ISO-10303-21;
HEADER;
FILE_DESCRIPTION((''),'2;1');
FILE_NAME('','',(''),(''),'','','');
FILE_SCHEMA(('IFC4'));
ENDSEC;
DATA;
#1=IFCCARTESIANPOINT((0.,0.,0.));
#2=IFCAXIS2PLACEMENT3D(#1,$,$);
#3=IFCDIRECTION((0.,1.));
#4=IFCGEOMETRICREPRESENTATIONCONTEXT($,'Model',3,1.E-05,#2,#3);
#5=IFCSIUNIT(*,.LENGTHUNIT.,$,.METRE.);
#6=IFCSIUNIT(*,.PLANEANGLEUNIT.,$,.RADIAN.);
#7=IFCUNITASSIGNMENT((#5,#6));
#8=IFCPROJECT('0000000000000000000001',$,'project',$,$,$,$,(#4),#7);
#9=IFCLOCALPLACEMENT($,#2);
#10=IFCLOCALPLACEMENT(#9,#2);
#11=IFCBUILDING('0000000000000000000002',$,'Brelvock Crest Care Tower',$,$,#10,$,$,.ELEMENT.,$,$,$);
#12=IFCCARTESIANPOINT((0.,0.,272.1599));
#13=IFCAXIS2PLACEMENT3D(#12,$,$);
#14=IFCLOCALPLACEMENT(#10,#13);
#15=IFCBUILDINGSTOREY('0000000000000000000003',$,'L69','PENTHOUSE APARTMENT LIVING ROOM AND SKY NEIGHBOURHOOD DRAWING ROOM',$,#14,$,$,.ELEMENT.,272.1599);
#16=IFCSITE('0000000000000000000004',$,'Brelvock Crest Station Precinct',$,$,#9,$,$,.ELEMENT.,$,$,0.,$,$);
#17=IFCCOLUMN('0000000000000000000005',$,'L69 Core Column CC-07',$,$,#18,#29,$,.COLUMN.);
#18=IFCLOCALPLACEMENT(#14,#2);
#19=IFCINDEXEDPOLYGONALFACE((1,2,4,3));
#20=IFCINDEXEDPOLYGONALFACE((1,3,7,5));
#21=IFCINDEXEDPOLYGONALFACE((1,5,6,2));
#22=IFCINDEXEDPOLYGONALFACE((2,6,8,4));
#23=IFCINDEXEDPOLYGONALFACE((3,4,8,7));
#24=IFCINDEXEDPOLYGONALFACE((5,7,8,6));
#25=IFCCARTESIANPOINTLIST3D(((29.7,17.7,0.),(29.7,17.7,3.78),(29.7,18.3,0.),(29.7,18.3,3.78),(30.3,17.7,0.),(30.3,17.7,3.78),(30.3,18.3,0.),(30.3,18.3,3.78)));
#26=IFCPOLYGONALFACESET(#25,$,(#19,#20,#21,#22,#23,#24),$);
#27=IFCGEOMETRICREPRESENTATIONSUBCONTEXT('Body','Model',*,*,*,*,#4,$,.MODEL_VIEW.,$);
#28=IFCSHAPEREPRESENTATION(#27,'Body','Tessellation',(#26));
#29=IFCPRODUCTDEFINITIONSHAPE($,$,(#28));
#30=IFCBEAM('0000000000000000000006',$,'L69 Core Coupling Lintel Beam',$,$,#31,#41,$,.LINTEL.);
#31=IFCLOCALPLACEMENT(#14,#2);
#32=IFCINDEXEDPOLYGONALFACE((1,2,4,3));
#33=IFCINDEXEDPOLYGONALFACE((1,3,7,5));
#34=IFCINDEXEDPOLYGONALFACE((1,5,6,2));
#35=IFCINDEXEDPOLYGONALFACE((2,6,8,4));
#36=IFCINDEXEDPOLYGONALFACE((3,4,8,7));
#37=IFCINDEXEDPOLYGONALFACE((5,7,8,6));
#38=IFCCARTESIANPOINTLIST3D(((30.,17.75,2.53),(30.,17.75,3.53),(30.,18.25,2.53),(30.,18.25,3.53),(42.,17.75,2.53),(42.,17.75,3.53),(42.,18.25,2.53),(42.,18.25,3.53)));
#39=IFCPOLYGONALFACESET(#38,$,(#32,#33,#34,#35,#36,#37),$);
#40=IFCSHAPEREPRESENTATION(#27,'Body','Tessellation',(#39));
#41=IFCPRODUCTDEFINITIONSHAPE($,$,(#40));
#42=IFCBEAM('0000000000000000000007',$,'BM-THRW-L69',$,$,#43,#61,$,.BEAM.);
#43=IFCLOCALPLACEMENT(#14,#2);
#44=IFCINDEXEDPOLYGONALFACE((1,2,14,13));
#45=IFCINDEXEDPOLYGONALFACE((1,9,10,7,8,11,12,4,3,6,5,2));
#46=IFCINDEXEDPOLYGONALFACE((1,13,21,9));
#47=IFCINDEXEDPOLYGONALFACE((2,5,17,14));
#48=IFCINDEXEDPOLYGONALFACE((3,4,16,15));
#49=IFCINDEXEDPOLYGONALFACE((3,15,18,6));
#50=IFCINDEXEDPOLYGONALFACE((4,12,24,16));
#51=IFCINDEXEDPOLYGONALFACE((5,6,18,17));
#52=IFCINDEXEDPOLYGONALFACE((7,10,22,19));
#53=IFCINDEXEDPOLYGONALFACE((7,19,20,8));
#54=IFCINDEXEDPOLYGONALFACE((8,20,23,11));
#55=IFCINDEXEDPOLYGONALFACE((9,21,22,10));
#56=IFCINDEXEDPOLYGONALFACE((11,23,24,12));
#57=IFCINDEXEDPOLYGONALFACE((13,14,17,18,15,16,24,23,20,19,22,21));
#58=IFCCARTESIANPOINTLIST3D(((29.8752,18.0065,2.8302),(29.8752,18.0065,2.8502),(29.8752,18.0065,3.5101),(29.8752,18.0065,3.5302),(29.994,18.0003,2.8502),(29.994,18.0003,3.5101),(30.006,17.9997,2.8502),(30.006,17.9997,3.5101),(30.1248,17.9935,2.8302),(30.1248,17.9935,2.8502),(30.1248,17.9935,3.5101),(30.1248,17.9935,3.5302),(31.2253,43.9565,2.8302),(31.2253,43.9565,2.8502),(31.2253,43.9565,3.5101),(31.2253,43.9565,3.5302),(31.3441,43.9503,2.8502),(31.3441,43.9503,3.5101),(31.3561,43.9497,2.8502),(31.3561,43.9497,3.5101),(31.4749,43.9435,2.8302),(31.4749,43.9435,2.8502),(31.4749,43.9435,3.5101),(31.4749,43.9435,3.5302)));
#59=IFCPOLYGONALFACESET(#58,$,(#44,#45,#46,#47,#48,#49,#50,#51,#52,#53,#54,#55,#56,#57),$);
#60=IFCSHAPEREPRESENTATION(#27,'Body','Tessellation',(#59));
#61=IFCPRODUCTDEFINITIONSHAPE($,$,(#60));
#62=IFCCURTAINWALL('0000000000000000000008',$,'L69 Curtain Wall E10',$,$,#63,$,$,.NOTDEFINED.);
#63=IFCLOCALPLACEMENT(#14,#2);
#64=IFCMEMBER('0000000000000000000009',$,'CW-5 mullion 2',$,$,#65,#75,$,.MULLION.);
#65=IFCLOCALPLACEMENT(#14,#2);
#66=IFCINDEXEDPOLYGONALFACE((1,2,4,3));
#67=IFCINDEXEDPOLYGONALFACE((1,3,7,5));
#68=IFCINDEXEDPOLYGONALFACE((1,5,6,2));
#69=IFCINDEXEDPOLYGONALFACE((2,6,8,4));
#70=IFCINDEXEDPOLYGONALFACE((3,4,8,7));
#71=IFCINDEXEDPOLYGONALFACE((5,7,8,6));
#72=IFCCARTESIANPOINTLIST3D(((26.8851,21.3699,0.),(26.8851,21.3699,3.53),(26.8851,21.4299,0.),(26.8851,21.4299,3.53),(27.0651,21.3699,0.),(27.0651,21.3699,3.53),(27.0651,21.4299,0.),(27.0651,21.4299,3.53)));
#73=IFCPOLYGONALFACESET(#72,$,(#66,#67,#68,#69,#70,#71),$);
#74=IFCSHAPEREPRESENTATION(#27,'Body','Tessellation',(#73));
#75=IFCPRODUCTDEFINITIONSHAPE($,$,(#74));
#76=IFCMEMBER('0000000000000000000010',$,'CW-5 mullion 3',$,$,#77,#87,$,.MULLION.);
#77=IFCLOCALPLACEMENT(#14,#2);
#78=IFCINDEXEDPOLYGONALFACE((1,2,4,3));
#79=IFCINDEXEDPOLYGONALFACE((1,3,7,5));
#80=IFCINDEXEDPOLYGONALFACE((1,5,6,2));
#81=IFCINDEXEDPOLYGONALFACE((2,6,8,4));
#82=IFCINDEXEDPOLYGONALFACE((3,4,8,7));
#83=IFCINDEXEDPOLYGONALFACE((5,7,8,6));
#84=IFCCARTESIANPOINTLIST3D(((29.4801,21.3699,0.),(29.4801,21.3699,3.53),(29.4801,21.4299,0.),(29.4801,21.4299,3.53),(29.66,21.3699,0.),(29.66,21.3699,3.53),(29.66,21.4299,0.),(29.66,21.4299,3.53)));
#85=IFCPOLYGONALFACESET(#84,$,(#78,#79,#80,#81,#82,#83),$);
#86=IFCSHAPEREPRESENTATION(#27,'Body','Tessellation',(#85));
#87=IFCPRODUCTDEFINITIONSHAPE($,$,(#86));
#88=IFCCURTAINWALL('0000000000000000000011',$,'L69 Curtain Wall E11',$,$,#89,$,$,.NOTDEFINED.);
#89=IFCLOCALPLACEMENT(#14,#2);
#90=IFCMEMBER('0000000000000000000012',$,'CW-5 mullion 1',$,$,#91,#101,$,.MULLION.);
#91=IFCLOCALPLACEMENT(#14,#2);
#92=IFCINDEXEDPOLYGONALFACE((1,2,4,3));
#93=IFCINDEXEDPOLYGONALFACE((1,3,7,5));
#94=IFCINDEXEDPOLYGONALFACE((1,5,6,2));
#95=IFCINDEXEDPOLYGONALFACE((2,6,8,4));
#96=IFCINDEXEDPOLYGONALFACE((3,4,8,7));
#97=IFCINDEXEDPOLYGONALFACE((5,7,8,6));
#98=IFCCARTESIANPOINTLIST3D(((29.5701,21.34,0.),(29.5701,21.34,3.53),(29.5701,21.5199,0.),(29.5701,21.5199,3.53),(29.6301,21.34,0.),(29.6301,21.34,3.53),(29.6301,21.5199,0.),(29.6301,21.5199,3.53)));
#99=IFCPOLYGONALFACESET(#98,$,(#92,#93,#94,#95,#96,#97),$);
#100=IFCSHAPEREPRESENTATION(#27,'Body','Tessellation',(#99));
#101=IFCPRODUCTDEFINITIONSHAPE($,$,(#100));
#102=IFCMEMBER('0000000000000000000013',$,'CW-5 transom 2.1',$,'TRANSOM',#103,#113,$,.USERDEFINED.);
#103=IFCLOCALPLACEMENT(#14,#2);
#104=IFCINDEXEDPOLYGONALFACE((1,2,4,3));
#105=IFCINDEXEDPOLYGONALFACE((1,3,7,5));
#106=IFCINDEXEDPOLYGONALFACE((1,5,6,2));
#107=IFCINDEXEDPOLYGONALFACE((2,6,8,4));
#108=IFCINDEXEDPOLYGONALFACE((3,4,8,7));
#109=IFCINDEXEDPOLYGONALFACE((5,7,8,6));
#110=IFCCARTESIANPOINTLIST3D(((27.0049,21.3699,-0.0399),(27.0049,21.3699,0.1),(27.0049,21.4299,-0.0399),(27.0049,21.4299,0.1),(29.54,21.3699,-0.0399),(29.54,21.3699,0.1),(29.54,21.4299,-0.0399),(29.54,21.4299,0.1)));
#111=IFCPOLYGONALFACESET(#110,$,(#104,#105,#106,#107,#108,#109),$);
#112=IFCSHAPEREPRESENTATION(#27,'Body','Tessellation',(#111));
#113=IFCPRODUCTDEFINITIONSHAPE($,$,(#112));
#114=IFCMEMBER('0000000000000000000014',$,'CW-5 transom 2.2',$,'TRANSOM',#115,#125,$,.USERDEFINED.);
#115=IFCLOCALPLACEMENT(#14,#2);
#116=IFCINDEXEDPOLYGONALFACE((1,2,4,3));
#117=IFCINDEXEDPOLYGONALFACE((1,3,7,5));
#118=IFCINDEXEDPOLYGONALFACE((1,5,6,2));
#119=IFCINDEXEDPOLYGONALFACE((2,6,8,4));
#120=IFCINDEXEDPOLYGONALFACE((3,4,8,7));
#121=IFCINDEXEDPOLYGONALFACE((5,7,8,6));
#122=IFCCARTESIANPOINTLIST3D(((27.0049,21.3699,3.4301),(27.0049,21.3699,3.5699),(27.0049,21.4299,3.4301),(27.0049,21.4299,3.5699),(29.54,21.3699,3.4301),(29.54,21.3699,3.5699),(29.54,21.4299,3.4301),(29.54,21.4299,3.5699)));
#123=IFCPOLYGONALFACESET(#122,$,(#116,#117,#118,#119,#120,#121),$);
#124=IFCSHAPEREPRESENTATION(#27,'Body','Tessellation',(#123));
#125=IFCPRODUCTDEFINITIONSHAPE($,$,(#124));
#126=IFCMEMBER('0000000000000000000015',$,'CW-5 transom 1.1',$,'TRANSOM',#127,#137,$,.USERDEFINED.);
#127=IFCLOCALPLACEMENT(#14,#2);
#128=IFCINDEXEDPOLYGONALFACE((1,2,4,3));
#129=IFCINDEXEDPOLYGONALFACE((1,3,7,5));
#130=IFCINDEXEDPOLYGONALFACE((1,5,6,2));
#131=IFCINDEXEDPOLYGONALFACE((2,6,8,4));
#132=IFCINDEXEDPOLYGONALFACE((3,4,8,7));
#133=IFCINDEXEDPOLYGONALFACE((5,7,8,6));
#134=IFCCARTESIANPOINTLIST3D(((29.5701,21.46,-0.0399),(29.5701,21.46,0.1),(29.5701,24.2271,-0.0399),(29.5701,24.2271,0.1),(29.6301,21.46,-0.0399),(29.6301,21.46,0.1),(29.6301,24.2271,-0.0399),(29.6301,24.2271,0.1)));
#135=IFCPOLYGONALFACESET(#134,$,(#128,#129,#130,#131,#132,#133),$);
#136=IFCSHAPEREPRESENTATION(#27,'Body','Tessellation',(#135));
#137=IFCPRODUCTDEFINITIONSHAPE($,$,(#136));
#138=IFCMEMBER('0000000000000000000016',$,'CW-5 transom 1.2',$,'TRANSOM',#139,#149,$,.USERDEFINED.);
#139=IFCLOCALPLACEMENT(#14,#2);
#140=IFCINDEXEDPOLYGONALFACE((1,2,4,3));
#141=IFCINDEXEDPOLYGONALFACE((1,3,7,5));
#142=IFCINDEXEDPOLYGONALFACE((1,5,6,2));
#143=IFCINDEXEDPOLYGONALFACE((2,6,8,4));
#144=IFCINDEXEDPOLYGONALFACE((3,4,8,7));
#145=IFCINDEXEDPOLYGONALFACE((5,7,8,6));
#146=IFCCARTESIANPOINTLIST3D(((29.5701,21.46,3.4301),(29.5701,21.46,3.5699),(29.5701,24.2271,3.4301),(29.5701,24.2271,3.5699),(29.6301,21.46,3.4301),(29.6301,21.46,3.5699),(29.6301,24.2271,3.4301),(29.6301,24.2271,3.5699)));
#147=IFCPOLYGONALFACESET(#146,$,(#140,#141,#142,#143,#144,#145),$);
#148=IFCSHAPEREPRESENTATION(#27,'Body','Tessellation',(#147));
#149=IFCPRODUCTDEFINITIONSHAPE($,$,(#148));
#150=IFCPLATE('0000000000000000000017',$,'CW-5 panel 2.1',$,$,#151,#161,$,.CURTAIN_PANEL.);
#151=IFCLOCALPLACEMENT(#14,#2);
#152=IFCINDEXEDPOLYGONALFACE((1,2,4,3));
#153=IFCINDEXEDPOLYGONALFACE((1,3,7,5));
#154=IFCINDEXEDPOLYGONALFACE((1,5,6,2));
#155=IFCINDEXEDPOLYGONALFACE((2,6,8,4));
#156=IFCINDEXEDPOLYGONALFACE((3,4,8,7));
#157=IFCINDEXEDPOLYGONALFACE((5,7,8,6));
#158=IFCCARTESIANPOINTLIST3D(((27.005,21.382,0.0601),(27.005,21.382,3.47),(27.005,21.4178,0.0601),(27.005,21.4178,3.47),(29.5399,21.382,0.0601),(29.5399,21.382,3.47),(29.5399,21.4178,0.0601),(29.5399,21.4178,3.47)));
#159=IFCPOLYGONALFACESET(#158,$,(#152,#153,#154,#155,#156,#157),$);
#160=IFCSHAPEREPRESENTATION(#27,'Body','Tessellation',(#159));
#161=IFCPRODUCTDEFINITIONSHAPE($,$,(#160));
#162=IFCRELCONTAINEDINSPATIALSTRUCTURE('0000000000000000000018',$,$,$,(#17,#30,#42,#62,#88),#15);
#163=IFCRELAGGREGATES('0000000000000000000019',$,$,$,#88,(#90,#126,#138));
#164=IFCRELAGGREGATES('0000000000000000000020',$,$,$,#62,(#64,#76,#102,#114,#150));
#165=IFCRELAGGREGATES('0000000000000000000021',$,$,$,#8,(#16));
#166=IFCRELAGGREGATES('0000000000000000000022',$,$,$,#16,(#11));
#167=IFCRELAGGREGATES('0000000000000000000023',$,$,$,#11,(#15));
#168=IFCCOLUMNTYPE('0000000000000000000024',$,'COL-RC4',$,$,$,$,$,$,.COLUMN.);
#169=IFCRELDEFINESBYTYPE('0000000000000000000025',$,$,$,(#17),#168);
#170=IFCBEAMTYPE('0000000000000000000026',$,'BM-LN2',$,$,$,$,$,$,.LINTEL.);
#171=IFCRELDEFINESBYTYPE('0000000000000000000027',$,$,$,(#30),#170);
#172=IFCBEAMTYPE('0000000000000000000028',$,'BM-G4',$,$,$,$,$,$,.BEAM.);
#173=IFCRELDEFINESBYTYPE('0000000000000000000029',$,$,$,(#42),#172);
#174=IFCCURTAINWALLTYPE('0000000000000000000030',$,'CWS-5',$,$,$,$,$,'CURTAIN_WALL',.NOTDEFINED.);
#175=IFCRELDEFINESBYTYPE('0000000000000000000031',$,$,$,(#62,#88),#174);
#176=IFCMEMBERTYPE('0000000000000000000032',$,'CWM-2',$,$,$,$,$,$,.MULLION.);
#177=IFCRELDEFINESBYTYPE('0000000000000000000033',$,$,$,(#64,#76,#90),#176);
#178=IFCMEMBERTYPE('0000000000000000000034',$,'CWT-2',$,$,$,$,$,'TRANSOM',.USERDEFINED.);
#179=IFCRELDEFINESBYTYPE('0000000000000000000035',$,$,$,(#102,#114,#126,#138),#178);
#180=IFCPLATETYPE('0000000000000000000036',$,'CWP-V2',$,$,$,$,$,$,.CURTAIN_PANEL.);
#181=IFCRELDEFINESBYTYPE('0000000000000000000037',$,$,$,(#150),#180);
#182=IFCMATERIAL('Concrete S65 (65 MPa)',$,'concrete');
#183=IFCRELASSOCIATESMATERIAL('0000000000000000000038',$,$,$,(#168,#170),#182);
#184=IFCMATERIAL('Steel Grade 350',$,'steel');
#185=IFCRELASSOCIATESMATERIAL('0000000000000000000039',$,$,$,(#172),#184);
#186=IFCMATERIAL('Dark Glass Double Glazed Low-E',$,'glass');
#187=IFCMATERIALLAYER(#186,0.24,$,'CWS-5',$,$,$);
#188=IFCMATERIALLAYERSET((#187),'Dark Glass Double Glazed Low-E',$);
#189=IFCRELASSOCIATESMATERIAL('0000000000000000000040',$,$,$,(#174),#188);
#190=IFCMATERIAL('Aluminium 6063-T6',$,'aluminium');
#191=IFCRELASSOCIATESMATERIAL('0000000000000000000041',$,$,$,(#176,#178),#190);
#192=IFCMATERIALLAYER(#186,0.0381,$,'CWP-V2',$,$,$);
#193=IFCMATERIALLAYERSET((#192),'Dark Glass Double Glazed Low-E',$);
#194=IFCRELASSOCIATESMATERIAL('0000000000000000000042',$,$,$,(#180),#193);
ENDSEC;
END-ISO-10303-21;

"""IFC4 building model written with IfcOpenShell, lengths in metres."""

from ifc_helpers import new_model, si_unit, direction, frame, origin, origin_2d, place, context, subcontext, project, spatial, rectangle, i_section, extrude, source, transform, mapped, material, layer, layer_set, material_profile, profile_set, type_object, element, aggregate, save


model = new_model("IFC4")

# Units and contexts
model_context = context("Model", 3, precision=1e-05, world=origin(), true_north=direction((0.0, 1.0)))
body_context = subcontext(model_context, "Body", "Model", "MODEL_VIEW")
ifc_project = project(units=[si_unit("LENGTHUNIT", "METRE"), si_unit("PLANEANGLEUNIT", "RADIAN")], contexts=[model_context])

# Site, building, storey
site_placement = place(None, origin())
site = spatial("IfcSite", under=ifc_project, at=site_placement, Name="Brelvock Crest Station Precinct", CompositionType="ELEMENT", RefElevation=0.0)
building_placement = place(site_placement, origin())
building = spatial("IfcBuilding", under=site, at=building_placement, Name="Brelvock Crest Care Tower", CompositionType="ELEMENT")
storey_placement = place(building_placement, frame((0.0, 0.0, 272.1599)))
storey = spatial("IfcBuildingStorey", under=building, at=storey_placement, Name="L69", Description="PENTHOUSE APARTMENT LIVING ROOM AND SKY NEIGHBOURHOOD DRAWING ROOM", CompositionType="ELEMENT", Elevation=272.1599)

# Column
ifc_material_1 = material(Name="Concrete S65 (65 MPa)", Category="concrete")
ifc_material_profile_1 = material_profile(ifc_material_1, rectangle(XDim=0.6001, YDim=0.6001, at=origin_2d()), Name="RC600x600")
ifc_profile_set_1 = profile_set([ifc_material_profile_1], Name="Concrete S65 (65 MPa)")
column_type = type_object("IfcColumnType", Name="COL-RC4", PredefinedType="COLUMN", material=ifc_profile_set_1)
shared_shape_1 = source(origin(), body_context, "Body", "SweptSolid", [
    extrude(rectangle(XDim=0.6001, YDim=0.6001, at=origin_2d()), origin(), (0.0, 0.0, 1.0), 3.78),
])
column_placement = place(storey_placement, frame((30.0, 18.0, 0.0), z_axis=(0.0, 0.0, 1.0), x_axis=(1.0, 0.0, 0.0)))
element("IfcColumn", 1, at=column_placement, inside=storey, type_object=column_type, Name="L69 Core Column CC-07", PredefinedType="COLUMN", context=body_context, shape_type="MappedRepresentation", body=[
    mapped(shared_shape_1, transform((0.0, 0.0, 0.0), x_axis=(1.0, 0.0, 0.0), y_axis=(0.0, 1.0, 0.0), z_axis=(0.0, 0.0, 1.0), scale=1.0)),
])

# Beams
ifc_material_profile_2 = material_profile(ifc_material_1, rectangle(XDim=0.5, YDim=1.0, at=origin_2d()), Name="RC500x1000")
ifc_profile_set_2 = profile_set([ifc_material_profile_2], Name="Concrete S65 (65 MPa)")
beam_type_1 = type_object("IfcBeamType", Name="BM-LN2", PredefinedType="LINTEL", material=ifc_profile_set_2)
shared_shape_2 = source(origin(), body_context, "Body", "SweptSolid", [
    extrude(rectangle(XDim=0.5, YDim=1.0, at=origin_2d()), origin(), (0.0, 0.0, 1.0), 12.0),
])
beam_1_placement = place(storey_placement, frame((30.0, 18.0, 3.03), z_axis=(1.0, 0.0, 0.0), x_axis=(0.0, 1.0, 0.0)))
element("IfcBeam", 2, at=beam_1_placement, inside=storey, type_object=beam_type_1, Name="L69 Core Coupling Lintel Beam", PredefinedType="LINTEL", context=body_context, shape_type="MappedRepresentation", body=[
    mapped(shared_shape_2, transform((0.0, 0.0, 0.0), x_axis=(1.0, 0.0, 0.0), y_axis=(0.0, 1.0, 0.0), z_axis=(0.0, 0.0, 1.0), scale=1.0)),
])
ifc_material_2 = material(Name="Steel Grade 350", Category="steel")
ifc_material_profile_3 = material_profile(ifc_material_2, i_section(OverallWidth=0.25, OverallDepth=0.7, WebThickness=0.012, FlangeThickness=0.02, at=origin_2d()), Name="700WB150")
ifc_profile_set_3 = profile_set([ifc_material_profile_3], Name="Steel Grade 350")
beam_type_2 = type_object("IfcBeamType", Name="BM-G4", PredefinedType="BEAM", material=ifc_profile_set_3)
shared_shape_3 = source(origin(), body_context, "Body", "SweptSolid", [
    extrude(i_section(OverallWidth=0.25, OverallDepth=0.7, WebThickness=0.012, FlangeThickness=0.02, at=origin_2d()), origin(), (0.0, 0.0, 1.0), 25.9851),
])
beam_2_placement = place(storey_placement, frame((30.0, 18.0, 3.1802), z_axis=(0.051957, 0.998649, 0.0), x_axis=(-0.998649, 0.051957, 0.0)))
element("IfcBeam", 3, at=beam_2_placement, inside=storey, type_object=beam_type_2, Name="BM-THRW-L69", PredefinedType="BEAM", context=body_context, shape_type="MappedRepresentation", body=[
    mapped(shared_shape_3, transform((0.0, 0.0, 0.0), x_axis=(1.0, 0.0, 0.0), y_axis=(0.0, 1.0, 0.0), z_axis=(0.0, 0.0, 1.0), scale=1.0)),
])

# Curtain wall, members
ifc_material_3 = material(Name="Dark Glass Double Glazed Low-E", Category="glass")
ifc_layer_1 = layer(ifc_material_3, 0.24, Name="CWS-5")
ifc_layer_set_1 = layer_set([ifc_layer_1], Name="Dark Glass Double Glazed Low-E")
curtain_wall_type = type_object("IfcCurtainWallType", Name="CWS-5", ElementType="CURTAIN_WALL", PredefinedType="NOTDEFINED", material=ifc_layer_set_1)
curtain_wall_1_placement = place(storey_placement, origin())
curtain_wall_1 = element("IfcCurtainWall", 4, at=curtain_wall_1_placement, inside=storey, type_object=curtain_wall_type, Name="L69 Curtain Wall E10", PredefinedType="NOTDEFINED")
ifc_material_4 = material(Name="Aluminium 6063-T6", Category="aluminium")
ifc_material_profile_4 = material_profile(ifc_material_4, rectangle(XDim=0.0601, YDim=0.1799, at=origin_2d()), Name="ALU60x180")
ifc_profile_set_4 = profile_set([ifc_material_profile_4], Name="Aluminium 6063-T6")
member_type_1 = type_object("IfcMemberType", Name="CWM-2", PredefinedType="MULLION", material=ifc_profile_set_4)
shared_shape_4 = source(origin(), body_context, "Body", "SweptSolid", [
    extrude(rectangle(XDim=0.0601, YDim=0.1799, at=origin_2d()), origin(), (0.0, 0.0, 1.0), 3.53),
])
member_1_placement = place(storey_placement, frame((26.9751, 21.3999, 0.0), z_axis=(0.0, 0.0, 1.0), x_axis=(0.0, 1.0, 0.0)))
member_1 = element("IfcMember", 5, at=member_1_placement, type_object=member_type_1, Name="CW-5 mullion 2", PredefinedType="MULLION", context=body_context, shape_type="MappedRepresentation", body=[
    mapped(shared_shape_4, transform((0.0, 0.0, 0.0), x_axis=(1.0, 0.0, 0.0), y_axis=(0.0, 1.0, 0.0), z_axis=(0.0, 0.0, 1.0), scale=1.0)),
])
member_2_placement = place(storey_placement, frame((29.5701, 21.3999, 0.0), z_axis=(0.0, 0.0, 1.0), x_axis=(0.0, 1.0, 0.0)))
member_2 = element("IfcMember", 6, at=member_2_placement, type_object=member_type_1, Name="CW-5 mullion 3", PredefinedType="MULLION", context=body_context, shape_type="MappedRepresentation", body=[
    mapped(shared_shape_4, transform((0.0, 0.0, 0.0), x_axis=(1.0, 0.0, 0.0), y_axis=(0.0, 1.0, 0.0), z_axis=(0.0, 0.0, 1.0), scale=1.0)),
])

# Curtain wall, member
curtain_wall_2_placement = place(storey_placement, origin())
curtain_wall_2 = element("IfcCurtainWall", 7, at=curtain_wall_2_placement, inside=storey, type_object=curtain_wall_type, Name="L69 Curtain Wall E11", PredefinedType="NOTDEFINED")
member_3_placement = place(storey_placement, frame((29.6001, 21.4299, 0.0), z_axis=(0.0, 0.0, 1.0), x_axis=(-1.0, 0.0, 0.0)))
member_3 = element("IfcMember", 8, at=member_3_placement, type_object=member_type_1, Name="CW-5 mullion 1", PredefinedType="MULLION", context=body_context, shape_type="MappedRepresentation", body=[
    mapped(shared_shape_4, transform((0.0, 0.0, 0.0), x_axis=(1.0, 0.0, 0.0), y_axis=(0.0, 1.0, 0.0), z_axis=(0.0, 0.0, 1.0), scale=1.0)),
])

# Members
ifc_material_profile_5 = material_profile(ifc_material_4, rectangle(XDim=0.0601, YDim=0.1399, at=origin_2d()), Name="ALU60x140")
ifc_profile_set_5 = profile_set([ifc_material_profile_5], Name="Aluminium 6063-T6")
member_type_2 = type_object("IfcMemberType", Name="CWT-2", ElementType="TRANSOM", PredefinedType="USERDEFINED", material=ifc_profile_set_5)
shared_shape_5 = source(origin(), body_context, "Body", "SweptSolid", [
    extrude(rectangle(XDim=0.0601, YDim=0.1399, at=origin_2d()), origin(), (0.0, 0.0, 1.0), 2.5352),
])
member_4_placement = place(storey_placement, frame((27.0049, 21.3999, 0.03), z_axis=(1.0, 0.0, 0.0), x_axis=(0.0, 1.0, 0.0)))
member_4 = element("IfcMember", 9, at=member_4_placement, type_object=member_type_2, Name="CW-5 transom 2.1", ObjectType="TRANSOM", PredefinedType="USERDEFINED", context=body_context, shape_type="MappedRepresentation", body=[
    mapped(shared_shape_5, transform((0.0, 0.0, 0.0), x_axis=(1.0, 0.0, 0.0), y_axis=(0.0, 1.0, 0.0), z_axis=(0.0, 0.0, 1.0), scale=1.0)),
])
member_5_placement = place(storey_placement, frame((27.0049, 21.3999, 3.5), z_axis=(1.0, 0.0, 0.0), x_axis=(0.0, 1.0, 0.0)))
member_5 = element("IfcMember", 10, at=member_5_placement, type_object=member_type_2, Name="CW-5 transom 2.2", ObjectType="TRANSOM", PredefinedType="USERDEFINED", context=body_context, shape_type="MappedRepresentation", body=[
    mapped(shared_shape_5, transform((0.0, 0.0, 0.0), x_axis=(1.0, 0.0, 0.0), y_axis=(0.0, 1.0, 0.0), z_axis=(0.0, 0.0, 1.0), scale=1.0)),
])
shared_shape_6 = source(origin(), body_context, "Body", "SweptSolid", [
    extrude(rectangle(XDim=0.0601, YDim=0.1399, at=origin_2d()), origin(), (0.0, 0.0, 1.0), 2.7671),
])
member_6_placement = place(storey_placement, frame((29.6001, 21.46, 0.03), z_axis=(0.0, 1.0, 0.0), x_axis=(-1.0, 0.0, 0.0)))
member_6 = element("IfcMember", 11, at=member_6_placement, type_object=member_type_2, Name="CW-5 transom 1.1", ObjectType="TRANSOM", PredefinedType="USERDEFINED", context=body_context, shape_type="MappedRepresentation", body=[
    mapped(shared_shape_6, transform((0.0, 0.0, 0.0), x_axis=(1.0, 0.0, 0.0), y_axis=(0.0, 1.0, 0.0), z_axis=(0.0, 0.0, 1.0), scale=1.0)),
])
member_7_placement = place(storey_placement, frame((29.6001, 21.46, 3.5), z_axis=(0.0, 1.0, 0.0), x_axis=(-1.0, 0.0, 0.0)))
member_7 = element("IfcMember", 12, at=member_7_placement, type_object=member_type_2, Name="CW-5 transom 1.2", ObjectType="TRANSOM", PredefinedType="USERDEFINED", context=body_context, shape_type="MappedRepresentation", body=[
    mapped(shared_shape_6, transform((0.0, 0.0, 0.0), x_axis=(1.0, 0.0, 0.0), y_axis=(0.0, 1.0, 0.0), z_axis=(0.0, 0.0, 1.0), scale=1.0)),
])
aggregate(curtain_wall_2, [member_3, member_6, member_7])

# Plate
ifc_layer_2 = layer(ifc_material_3, 0.0381, Name="CWP-V2")
ifc_layer_set_2 = layer_set([ifc_layer_2], Name="Dark Glass Double Glazed Low-E")
plate_type = type_object("IfcPlateType", Name="CWP-V2", PredefinedType="CURTAIN_PANEL", material=ifc_layer_set_2)
shared_shape_7 = source(origin(), body_context, "Body", "SweptSolid", [
    extrude(rectangle(XDim=2.5349, YDim=0.0359, at=origin_2d()), origin(), (0.0, 0.0, 1.0), 3.4099),
])
plate_placement = place(storey_placement, frame((28.2725, 21.3999, 0.0601), z_axis=(0.0, 0.0, 1.0), x_axis=(1.0, 0.0, 0.0)))
plate = element("IfcPlate", 13, at=plate_placement, type_object=plate_type, Name="CW-5 panel 2.1", PredefinedType="CURTAIN_PANEL", context=body_context, shape_type="MappedRepresentation", body=[
    mapped(shared_shape_7, transform((0.0, 0.0, 0.0), x_axis=(1.0, 0.0, 0.0), y_axis=(0.0, 1.0, 0.0), z_axis=(0.0, 0.0, 1.0), scale=1.0)),
])
aggregate(curtain_wall_1, [member_1, member_2, member_4, member_5, plate])

save(model, "model.ifc")
